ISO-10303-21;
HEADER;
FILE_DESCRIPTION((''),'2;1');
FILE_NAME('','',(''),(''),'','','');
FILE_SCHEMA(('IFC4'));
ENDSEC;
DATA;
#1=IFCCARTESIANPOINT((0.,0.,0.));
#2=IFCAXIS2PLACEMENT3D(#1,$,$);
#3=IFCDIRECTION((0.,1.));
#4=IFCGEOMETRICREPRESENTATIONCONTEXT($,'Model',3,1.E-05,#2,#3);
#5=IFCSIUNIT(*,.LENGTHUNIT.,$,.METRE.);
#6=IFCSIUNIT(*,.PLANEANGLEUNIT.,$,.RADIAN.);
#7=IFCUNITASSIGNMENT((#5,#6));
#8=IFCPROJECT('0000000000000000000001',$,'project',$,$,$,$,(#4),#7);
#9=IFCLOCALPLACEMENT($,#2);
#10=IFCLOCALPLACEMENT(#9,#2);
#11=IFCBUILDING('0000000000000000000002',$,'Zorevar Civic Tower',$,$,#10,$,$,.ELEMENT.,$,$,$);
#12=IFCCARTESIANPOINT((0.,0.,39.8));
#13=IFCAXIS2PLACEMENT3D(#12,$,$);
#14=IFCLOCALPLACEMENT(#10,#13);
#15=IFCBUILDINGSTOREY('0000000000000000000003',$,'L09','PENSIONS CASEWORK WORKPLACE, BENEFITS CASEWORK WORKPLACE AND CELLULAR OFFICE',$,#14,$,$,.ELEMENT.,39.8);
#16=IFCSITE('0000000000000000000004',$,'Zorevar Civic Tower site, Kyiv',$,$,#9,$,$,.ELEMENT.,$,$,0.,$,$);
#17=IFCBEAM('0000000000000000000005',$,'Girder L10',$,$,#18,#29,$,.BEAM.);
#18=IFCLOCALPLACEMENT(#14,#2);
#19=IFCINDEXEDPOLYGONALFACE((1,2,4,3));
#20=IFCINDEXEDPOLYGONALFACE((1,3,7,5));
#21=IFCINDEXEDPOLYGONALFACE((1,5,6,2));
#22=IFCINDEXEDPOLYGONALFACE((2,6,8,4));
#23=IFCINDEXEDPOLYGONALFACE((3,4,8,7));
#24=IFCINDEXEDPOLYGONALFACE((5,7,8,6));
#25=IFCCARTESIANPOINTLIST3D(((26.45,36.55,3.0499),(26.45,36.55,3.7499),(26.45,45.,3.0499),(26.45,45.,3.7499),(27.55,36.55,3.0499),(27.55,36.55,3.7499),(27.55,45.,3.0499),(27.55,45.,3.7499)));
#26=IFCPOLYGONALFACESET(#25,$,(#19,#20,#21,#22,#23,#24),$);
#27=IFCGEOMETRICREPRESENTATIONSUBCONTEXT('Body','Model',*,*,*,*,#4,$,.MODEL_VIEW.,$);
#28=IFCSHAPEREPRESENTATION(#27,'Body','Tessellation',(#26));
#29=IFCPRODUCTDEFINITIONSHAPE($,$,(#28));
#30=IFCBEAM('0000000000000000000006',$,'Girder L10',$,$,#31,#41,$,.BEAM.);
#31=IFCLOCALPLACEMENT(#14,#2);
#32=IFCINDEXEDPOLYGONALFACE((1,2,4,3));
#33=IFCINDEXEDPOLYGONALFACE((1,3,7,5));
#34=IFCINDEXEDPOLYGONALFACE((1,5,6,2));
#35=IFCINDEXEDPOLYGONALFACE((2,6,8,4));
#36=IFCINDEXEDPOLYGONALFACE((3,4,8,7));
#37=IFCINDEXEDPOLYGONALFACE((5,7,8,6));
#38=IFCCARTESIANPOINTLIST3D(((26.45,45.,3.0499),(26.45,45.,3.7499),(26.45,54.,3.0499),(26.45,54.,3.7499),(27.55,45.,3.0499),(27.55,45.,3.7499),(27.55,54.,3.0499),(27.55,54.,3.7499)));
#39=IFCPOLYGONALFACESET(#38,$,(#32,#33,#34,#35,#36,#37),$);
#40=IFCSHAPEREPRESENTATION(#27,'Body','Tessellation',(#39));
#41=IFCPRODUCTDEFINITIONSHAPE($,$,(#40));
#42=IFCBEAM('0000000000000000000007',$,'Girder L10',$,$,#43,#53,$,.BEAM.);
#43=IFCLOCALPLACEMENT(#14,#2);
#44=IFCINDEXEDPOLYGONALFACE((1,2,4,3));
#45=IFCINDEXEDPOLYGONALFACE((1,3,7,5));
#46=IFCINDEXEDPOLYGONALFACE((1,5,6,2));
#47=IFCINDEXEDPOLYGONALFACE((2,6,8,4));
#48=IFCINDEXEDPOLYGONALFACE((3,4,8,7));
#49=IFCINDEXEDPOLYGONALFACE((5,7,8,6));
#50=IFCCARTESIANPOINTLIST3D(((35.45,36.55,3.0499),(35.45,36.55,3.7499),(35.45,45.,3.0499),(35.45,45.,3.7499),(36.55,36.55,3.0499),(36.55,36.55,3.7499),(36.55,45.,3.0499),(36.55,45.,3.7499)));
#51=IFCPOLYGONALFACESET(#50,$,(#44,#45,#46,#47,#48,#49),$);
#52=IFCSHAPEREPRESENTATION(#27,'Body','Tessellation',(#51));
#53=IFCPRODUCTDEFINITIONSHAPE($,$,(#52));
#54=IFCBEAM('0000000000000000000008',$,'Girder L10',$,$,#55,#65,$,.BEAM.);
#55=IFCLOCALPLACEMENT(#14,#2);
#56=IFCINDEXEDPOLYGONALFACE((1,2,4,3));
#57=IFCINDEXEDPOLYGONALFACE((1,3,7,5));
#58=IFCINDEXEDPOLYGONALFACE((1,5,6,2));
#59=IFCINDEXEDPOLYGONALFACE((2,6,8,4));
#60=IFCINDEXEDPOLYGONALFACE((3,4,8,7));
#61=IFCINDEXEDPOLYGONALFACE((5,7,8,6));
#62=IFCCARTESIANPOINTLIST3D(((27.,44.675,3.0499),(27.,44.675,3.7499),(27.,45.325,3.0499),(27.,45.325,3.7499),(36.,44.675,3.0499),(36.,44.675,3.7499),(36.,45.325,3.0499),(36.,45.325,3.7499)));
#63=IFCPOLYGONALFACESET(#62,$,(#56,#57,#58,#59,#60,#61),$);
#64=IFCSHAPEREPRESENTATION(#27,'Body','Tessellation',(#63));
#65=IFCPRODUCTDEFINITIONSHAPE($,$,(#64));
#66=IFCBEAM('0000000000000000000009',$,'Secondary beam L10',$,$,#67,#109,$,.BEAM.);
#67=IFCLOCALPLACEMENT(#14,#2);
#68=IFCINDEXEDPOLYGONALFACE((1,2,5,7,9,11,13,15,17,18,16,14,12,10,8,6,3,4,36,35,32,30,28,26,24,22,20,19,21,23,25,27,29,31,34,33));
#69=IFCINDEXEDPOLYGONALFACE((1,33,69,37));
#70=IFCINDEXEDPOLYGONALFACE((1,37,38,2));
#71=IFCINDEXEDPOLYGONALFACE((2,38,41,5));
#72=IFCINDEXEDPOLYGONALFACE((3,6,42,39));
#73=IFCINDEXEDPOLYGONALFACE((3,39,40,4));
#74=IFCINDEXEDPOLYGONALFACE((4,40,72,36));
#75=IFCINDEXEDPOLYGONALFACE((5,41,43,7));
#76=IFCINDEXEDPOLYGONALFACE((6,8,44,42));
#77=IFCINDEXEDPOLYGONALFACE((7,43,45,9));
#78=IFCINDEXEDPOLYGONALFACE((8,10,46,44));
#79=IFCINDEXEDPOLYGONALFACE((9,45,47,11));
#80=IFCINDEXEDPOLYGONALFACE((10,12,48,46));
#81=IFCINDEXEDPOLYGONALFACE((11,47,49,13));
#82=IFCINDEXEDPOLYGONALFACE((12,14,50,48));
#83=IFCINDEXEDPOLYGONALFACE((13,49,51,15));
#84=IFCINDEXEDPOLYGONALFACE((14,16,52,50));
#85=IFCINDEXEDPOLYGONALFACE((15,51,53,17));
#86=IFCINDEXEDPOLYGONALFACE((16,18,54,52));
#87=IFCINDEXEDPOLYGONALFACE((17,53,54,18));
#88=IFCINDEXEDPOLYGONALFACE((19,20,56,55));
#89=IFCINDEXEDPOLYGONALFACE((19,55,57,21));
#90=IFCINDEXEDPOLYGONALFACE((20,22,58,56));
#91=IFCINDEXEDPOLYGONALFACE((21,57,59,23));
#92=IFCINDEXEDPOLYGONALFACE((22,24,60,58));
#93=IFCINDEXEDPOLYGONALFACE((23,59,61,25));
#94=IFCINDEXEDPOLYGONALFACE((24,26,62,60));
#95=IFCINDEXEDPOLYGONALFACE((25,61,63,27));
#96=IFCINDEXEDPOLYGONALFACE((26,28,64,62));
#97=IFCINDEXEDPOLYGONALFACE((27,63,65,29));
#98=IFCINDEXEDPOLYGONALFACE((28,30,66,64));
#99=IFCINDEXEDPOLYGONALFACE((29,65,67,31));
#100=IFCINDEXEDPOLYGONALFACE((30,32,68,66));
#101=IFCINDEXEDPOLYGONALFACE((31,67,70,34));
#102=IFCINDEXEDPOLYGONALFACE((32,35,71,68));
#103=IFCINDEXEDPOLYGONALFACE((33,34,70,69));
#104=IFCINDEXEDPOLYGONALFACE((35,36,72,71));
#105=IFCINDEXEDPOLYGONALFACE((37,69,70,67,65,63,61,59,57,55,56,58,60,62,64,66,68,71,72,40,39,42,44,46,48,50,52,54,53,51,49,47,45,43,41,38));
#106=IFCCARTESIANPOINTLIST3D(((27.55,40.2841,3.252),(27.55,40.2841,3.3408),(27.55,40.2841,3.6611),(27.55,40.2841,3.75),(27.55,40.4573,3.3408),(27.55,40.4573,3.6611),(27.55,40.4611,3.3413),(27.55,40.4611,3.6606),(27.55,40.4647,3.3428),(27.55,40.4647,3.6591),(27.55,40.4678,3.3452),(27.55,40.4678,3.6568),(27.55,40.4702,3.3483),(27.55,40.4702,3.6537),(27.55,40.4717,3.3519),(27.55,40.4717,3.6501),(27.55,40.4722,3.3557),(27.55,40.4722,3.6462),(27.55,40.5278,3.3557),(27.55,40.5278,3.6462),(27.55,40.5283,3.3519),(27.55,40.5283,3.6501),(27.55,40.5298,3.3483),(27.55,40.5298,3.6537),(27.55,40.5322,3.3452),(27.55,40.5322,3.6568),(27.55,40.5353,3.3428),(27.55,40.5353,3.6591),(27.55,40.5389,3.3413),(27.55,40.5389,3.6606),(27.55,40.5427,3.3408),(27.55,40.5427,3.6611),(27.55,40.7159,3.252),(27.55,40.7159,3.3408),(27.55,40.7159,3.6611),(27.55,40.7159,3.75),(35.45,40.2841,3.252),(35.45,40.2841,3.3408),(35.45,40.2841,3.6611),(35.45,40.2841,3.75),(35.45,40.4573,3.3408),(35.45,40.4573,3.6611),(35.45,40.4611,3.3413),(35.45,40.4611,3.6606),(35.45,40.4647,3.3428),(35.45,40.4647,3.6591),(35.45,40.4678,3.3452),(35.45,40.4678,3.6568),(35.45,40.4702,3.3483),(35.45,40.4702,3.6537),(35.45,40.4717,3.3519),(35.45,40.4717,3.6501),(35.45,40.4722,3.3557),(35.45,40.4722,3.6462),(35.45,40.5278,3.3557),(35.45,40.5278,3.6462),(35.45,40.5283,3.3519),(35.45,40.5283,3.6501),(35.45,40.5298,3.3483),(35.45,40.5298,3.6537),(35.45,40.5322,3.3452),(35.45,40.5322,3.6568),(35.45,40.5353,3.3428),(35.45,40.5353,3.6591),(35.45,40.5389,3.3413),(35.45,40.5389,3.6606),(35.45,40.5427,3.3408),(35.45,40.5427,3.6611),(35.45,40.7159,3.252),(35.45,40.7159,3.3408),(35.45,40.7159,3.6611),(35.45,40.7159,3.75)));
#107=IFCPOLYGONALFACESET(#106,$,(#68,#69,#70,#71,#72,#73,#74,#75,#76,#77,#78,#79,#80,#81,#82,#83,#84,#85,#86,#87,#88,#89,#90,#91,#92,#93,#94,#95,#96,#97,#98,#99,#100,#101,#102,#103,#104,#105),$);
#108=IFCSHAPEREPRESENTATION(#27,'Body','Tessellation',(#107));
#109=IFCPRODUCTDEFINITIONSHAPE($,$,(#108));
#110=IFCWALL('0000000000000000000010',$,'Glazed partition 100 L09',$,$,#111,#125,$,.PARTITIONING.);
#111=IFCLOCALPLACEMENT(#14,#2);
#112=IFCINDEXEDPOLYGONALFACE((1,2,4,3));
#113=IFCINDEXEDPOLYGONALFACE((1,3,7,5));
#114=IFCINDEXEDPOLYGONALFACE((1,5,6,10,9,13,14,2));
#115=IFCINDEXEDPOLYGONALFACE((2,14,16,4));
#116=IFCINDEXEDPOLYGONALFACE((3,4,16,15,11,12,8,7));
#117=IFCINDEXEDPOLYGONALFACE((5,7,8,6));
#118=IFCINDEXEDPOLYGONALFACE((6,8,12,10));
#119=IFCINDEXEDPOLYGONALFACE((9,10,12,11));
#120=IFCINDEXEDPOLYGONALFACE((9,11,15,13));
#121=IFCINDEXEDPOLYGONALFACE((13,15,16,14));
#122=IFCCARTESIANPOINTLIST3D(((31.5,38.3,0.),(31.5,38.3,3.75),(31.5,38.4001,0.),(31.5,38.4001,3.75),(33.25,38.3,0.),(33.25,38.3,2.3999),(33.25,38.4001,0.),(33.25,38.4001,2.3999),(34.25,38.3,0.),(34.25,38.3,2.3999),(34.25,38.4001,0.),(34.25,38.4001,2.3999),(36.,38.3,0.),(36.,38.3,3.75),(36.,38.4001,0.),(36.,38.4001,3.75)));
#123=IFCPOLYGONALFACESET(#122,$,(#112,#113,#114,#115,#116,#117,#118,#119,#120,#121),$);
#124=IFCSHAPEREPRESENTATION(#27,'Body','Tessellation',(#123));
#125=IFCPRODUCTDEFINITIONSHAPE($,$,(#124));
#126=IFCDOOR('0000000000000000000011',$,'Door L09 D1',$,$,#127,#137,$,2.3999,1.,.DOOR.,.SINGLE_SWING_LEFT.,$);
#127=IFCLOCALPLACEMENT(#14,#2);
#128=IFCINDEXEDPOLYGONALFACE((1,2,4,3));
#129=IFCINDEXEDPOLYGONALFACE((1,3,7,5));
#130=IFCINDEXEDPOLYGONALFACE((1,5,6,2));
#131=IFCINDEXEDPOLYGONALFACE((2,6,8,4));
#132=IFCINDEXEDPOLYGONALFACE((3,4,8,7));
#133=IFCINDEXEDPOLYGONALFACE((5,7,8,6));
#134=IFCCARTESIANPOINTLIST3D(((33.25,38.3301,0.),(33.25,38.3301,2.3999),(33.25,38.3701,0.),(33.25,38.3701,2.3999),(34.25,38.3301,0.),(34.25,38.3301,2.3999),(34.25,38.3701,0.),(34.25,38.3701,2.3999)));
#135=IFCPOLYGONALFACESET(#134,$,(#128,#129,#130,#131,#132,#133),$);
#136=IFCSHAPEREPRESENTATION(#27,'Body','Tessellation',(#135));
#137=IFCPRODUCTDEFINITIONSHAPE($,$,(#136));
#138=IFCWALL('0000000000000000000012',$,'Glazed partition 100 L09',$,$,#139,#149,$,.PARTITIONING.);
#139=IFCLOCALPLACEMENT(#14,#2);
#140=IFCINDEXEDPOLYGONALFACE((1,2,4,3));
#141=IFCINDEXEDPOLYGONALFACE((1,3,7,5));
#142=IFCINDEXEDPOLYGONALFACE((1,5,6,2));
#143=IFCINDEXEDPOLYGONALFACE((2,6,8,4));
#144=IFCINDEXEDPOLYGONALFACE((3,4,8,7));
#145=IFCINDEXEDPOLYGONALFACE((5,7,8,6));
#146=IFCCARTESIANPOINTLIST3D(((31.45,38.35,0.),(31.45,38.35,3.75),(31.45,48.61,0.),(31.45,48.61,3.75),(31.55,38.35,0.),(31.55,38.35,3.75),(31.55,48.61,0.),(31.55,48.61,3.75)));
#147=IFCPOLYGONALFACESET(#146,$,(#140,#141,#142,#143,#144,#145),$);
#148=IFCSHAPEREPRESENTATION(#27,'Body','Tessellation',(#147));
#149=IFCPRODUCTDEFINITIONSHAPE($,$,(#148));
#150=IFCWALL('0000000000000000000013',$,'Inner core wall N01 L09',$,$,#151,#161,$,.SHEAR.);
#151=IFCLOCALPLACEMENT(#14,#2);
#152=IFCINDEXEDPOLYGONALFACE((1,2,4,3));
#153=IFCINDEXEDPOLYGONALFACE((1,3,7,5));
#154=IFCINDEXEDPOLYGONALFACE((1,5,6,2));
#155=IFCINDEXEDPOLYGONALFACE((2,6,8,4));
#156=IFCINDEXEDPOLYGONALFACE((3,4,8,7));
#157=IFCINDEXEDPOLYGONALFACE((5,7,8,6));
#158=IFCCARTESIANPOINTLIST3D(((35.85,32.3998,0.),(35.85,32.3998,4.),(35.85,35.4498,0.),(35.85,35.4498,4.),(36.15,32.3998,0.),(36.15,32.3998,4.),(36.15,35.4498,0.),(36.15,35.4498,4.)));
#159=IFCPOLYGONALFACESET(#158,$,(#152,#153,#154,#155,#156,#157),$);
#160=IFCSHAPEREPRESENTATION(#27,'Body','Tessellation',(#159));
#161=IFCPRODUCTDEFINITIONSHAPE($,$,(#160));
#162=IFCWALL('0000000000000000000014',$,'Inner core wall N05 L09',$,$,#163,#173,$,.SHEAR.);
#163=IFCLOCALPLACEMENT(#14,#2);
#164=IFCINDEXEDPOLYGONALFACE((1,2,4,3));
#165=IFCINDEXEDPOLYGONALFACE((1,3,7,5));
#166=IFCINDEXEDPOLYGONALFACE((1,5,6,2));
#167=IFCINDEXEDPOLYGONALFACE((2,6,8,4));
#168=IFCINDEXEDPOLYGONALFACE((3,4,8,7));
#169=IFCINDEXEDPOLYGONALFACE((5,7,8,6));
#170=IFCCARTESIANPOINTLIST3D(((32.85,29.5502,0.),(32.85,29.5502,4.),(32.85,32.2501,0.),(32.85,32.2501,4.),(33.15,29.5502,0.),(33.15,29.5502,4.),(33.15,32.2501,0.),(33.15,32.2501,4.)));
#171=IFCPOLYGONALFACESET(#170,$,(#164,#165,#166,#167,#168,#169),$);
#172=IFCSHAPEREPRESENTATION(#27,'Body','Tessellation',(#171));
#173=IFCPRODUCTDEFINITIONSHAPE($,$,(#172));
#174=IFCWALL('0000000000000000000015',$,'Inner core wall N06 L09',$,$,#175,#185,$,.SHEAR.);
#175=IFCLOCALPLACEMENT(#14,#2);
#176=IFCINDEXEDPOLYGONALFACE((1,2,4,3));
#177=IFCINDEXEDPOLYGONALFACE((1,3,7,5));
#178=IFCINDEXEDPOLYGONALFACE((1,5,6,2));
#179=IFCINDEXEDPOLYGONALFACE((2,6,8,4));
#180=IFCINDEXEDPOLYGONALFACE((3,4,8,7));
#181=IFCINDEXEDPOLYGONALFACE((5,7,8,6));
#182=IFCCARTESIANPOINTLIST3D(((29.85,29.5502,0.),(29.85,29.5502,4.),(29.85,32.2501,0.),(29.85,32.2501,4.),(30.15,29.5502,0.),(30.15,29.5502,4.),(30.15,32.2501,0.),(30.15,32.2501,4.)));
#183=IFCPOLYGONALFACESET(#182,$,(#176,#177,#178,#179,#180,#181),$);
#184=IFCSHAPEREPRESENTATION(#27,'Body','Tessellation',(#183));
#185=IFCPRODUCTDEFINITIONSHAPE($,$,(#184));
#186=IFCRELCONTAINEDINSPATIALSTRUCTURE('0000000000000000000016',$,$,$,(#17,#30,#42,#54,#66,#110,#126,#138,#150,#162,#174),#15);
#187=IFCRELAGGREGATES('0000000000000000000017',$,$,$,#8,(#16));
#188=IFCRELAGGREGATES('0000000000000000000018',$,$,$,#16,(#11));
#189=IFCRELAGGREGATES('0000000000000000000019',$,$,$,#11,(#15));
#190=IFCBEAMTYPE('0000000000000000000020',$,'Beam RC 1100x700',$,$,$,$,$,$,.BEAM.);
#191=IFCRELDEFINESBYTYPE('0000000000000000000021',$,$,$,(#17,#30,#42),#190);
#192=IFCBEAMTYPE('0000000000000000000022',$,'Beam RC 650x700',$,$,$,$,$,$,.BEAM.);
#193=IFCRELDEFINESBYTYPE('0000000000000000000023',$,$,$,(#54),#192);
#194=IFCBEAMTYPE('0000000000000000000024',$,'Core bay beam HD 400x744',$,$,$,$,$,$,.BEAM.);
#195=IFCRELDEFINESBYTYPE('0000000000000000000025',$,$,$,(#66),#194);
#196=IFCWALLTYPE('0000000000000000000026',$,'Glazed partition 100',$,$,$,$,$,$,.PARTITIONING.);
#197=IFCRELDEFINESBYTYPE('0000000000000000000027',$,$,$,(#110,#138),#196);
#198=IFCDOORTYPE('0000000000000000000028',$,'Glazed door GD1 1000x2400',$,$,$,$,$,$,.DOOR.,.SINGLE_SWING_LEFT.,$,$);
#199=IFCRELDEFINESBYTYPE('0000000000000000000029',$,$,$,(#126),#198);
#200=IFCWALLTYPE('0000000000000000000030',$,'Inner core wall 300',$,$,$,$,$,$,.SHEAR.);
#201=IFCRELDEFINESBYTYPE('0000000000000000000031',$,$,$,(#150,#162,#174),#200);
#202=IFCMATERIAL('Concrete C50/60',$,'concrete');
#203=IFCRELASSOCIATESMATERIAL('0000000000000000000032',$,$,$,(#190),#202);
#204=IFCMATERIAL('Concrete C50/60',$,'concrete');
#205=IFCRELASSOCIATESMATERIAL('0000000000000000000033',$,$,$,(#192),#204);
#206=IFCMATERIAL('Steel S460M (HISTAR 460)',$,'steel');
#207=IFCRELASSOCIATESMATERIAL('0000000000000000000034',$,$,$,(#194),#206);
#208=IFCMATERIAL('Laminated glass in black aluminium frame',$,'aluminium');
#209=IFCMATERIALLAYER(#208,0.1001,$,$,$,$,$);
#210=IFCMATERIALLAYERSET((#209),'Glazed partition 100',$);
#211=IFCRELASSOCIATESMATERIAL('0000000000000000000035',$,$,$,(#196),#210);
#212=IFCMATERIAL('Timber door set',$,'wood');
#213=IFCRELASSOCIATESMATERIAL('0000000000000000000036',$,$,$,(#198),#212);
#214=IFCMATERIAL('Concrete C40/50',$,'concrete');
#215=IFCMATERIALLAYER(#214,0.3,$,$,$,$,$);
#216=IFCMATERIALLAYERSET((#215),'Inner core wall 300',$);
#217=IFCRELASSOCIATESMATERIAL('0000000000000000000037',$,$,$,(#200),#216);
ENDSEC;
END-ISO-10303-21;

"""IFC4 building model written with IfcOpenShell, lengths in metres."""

from ifc_helpers import new_model, si_unit, direction, frame, frame_2d, origin, origin_2d, place, context, subcontext, project, spatial, rectangle, i_section, extrude, material, layer, layer_set, material_profile, profile_set, type_object, element, fill, save


model = new_model("IFC4")

# Units and contexts
model_context = context("Model", 3, precision=1e-05, world=origin(), true_north=direction((0.0, 1.0)))
body_context = subcontext(model_context, "Body", "Model", "MODEL_VIEW")
ifc_project = project(units=[si_unit("LENGTHUNIT", "METRE"), si_unit("PLANEANGLEUNIT", "RADIAN")], contexts=[model_context])

# Site, building, storey
site_placement = place(None, origin())
site = spatial("IfcSite", under=ifc_project, at=site_placement, Name="Zorevar Civic Tower site, Kyiv", CompositionType="ELEMENT", RefElevation=0.0)
building_placement = place(site_placement, origin())
building = spatial("IfcBuilding", under=site, at=building_placement, Name="Zorevar Civic Tower", CompositionType="ELEMENT")
storey_placement = place(building_placement, frame((0.0, 0.0, 39.8)))
storey = spatial("IfcBuildingStorey", under=building, at=storey_placement, Name="L09", Description="PENSIONS CASEWORK WORKPLACE, BENEFITS CASEWORK WORKPLACE AND CELLULAR OFFICE", CompositionType="ELEMENT", Elevation=39.8)

# Beams
ifc_material_1 = material(Name="Concrete C50/60", Category="concrete")
ifc_material_profile_1 = material_profile(ifc_material_1, rectangle(XDim=1.1001, YDim=0.7, at=origin_2d()), Name="RC 1100x700")
ifc_profile_set_1 = profile_set([ifc_material_profile_1], Name="Concrete C50/60")
beam_type_1 = type_object("IfcBeamType", Name="Beam RC 1100x700", PredefinedType="BEAM", material=ifc_profile_set_1)
beam_1_placement = place(storey_placement, frame((27.0, 36.55, 3.3999), z_axis=(0.0, 1.0, 0.0), x_axis=(-1.0, 0.0, 0.0)))
element("IfcBeam", 1, at=beam_1_placement, inside=storey, type_object=beam_type_1, Name="Girder L10", PredefinedType="BEAM", context=body_context, shape_type="SweptSolid", body=[
    extrude(rectangle(XDim=1.1001, YDim=0.7, at=origin_2d()), origin(), (0.0, 0.0, 1.0), 8.45),
])
beam_2_placement = place(storey_placement, frame((27.0, 45.0, 3.3999), z_axis=(0.0, 1.0, 0.0), x_axis=(-1.0, 0.0, 0.0)))
element("IfcBeam", 2, at=beam_2_placement, inside=storey, type_object=beam_type_1, Name="Girder L10", PredefinedType="BEAM", context=body_context, shape_type="SweptSolid", body=[
    extrude(rectangle(XDim=1.1001, YDim=0.7, at=origin_2d()), origin(), (0.0, 0.0, 1.0), 9.0),
])
beam_3_placement = place(storey_placement, frame((36.0, 36.55, 3.3999), z_axis=(0.0, 1.0, 0.0), x_axis=(-1.0, 0.0, 0.0)))
element("IfcBeam", 3, at=beam_3_placement, inside=storey, type_object=beam_type_1, Name="Girder L10", PredefinedType="BEAM", context=body_context, shape_type="SweptSolid", body=[
    extrude(rectangle(XDim=1.1001, YDim=0.7, at=origin_2d()), origin(), (0.0, 0.0, 1.0), 8.45),
])
ifc_material_2 = material(Name="Concrete C50/60", Category="concrete")
ifc_material_profile_2 = material_profile(ifc_material_2, rectangle(XDim=0.6499, YDim=0.7, at=origin_2d()), Name="RC 650x700")
ifc_profile_set_2 = profile_set([ifc_material_profile_2], Name="Concrete C50/60")
beam_type_2 = type_object("IfcBeamType", Name="Beam RC 650x700", PredefinedType="BEAM", material=ifc_profile_set_2)
beam_4_placement = place(storey_placement, frame((27.0, 45.0, 3.3999), z_axis=(1.0, 0.0, 0.0), x_axis=(0.0, 1.0, 0.0)))
element("IfcBeam", 4, at=beam_4_placement, inside=storey, type_object=beam_type_2, Name="Girder L10", PredefinedType="BEAM", context=body_context, shape_type="SweptSolid", body=[
    extrude(rectangle(XDim=0.6499, YDim=0.7, at=origin_2d()), origin(), (0.0, 0.0, 1.0), 9.0),
])
ifc_material_3 = material(Name="Steel S460M (HISTAR 460)", Category="steel")
ifc_material_profile_3 = material_profile(ifc_material_3, i_section(OverallWidth=0.4319, OverallDepth=0.498, WebThickness=0.0557, FlangeThickness=0.0889, FilletRadius=0.0149, at=origin_2d()), Name="HD 400x744")
ifc_profile_set_3 = profile_set([ifc_material_profile_3], Name="Steel S460M (HISTAR 460)")
beam_type_3 = type_object("IfcBeamType", Name="Core bay beam HD 400x744", PredefinedType="BEAM", material=ifc_profile_set_3)
beam_5_placement = place(storey_placement, frame((27.55, 40.5, 3.501), z_axis=(1.0, 0.0, 0.0), x_axis=(0.0, 1.0, 0.0)))
element("IfcBeam", 5, at=beam_5_placement, inside=storey, type_object=beam_type_3, Name="Secondary beam L10", PredefinedType="BEAM", context=body_context, shape_type="SweptSolid", body=[
    extrude(i_section(OverallWidth=0.4319, OverallDepth=0.498, WebThickness=0.0557, FlangeThickness=0.0889, FilletRadius=0.0149, at=origin_2d()), origin(), (0.0, 0.0, 1.0), 7.8999),
])

# Wall, opening, door
ifc_material_4 = material(Name="Laminated glass in black aluminium frame", Category="aluminium")
ifc_layer_1 = layer(ifc_material_4, 0.1001)
ifc_layer_set_1 = layer_set([ifc_layer_1], Name="Glazed partition 100")
wall_type_1 = type_object("IfcWallType", Name="Glazed partition 100", PredefinedType="PARTITIONING", material=ifc_layer_set_1)
wall_1_placement = place(storey_placement, frame((31.5, 38.3501, 0.0), z_axis=(0.0, 0.0, 1.0), x_axis=(1.0, 0.0, 0.0)))
wall_1 = element("IfcWall", 6, at=wall_1_placement, inside=storey, type_object=wall_type_1, Name="Glazed partition 100 L09", PredefinedType="PARTITIONING", context=body_context, shape_type="SweptSolid", body=[
    extrude(rectangle(XDim=4.5, YDim=0.1001, at=frame_2d((2.25, 0.0))), origin(), (0.0, 0.0, 1.0), 3.75),
])
opening_placement = place(wall_1_placement, frame((1.75, 0.0, 0.0)))
opening = element("IfcOpeningElement", 7, at=opening_placement, cuts=wall_1, PredefinedType="OPENING", context=body_context, shape_type="SweptSolid", body=[
    extrude(rectangle(XDim=1.0, YDim=2.3999, at=frame_2d((0.5, 1.2))), frame((0.0, 0.0601, 0.0), z_axis=(0.0, -1.0, 0.0), x_axis=(1.0, 0.0, 0.0)), (0.0, 0.0, 1.0), 0.1201),
])
ifc_material_5 = material(Name="Timber door set", Category="wood")
door_type = type_object("IfcDoorType", Name="Glazed door GD1 1000x2400", OperationType="SINGLE_SWING_LEFT", PredefinedType="DOOR", material=ifc_material_5)
door_placement = place(opening_placement, origin())
door = element("IfcDoor", 8, at=door_placement, inside=storey, type_object=door_type, Name="Door L09 D1", OperationType="SINGLE_SWING_LEFT", OverallHeight=2.3999, OverallWidth=1.0, PredefinedType="DOOR", context=body_context, shape_type="SweptSolid", body=[
    extrude(rectangle(XDim=1.0, YDim=2.3999, at=frame_2d((0.5, 1.2))), frame((0.0, 0.02, 0.0), z_axis=(0.0, -1.0, 0.0), x_axis=(1.0, 0.0, 0.0)), (0.0, 0.0, 1.0), 0.04),
])
fill(opening, door)

# Walls
wall_2_placement = place(storey_placement, frame((31.5, 38.3501, 0.0), z_axis=(0.0, 0.0, 1.0), x_axis=(0.0, 1.0, 0.0)))
element("IfcWall", 9, at=wall_2_placement, inside=storey, type_object=wall_type_1, Name="Glazed partition 100 L09", PredefinedType="PARTITIONING", context=body_context, shape_type="SweptSolid", body=[
    extrude(rectangle(XDim=10.26, YDim=0.1001, at=frame_2d((5.1299, 0.0))), origin(), (0.0, 0.0, 1.0), 3.75),
])
ifc_material_6 = material(Name="Concrete C40/50", Category="concrete")
ifc_layer_2 = layer(ifc_material_6, 0.3)
ifc_layer_set_2 = layer_set([ifc_layer_2], Name="Inner core wall 300")
wall_type_2 = type_object("IfcWallType", Name="Inner core wall 300", PredefinedType="SHEAR", material=ifc_layer_set_2)
wall_3_placement = place(storey_placement, frame((36.0, 32.3999, 0.0), z_axis=(0.0, 0.0, 1.0), x_axis=(0.0, 1.0, 0.0)))
element("IfcWall", 10, at=wall_3_placement, inside=storey, type_object=wall_type_2, Name="Inner core wall N01 L09", PredefinedType="SHEAR", context=body_context, shape_type="SweptSolid", body=[
    extrude(rectangle(XDim=3.05, YDim=0.3, at=frame_2d((1.5249, 0.0))), origin(), (0.0, 0.0, 1.0), 4.0),
])
for number, where, z_axis, x_axis, name in (
    (11, (33.0, 29.55, 0.0), (0.0, 0.0, 1.0), (0.0, 1.0, 0.0), "Inner core wall N05 L09"),
    (12, (30.0, 29.55, 0.0), (0.0, 0.0, 1.0), (0.0, 1.0, 0.0), "Inner core wall N06 L09"),
):
    element("IfcWall", number, at=place(storey_placement, frame(where, z_axis=z_axis, x_axis=x_axis)), inside=storey, type_object=wall_type_2, Name=name, PredefinedType="SHEAR", context=body_context, shape_type="SweptSolid", body=[
        extrude(rectangle(XDim=2.7, YDim=0.3, at=frame_2d((1.3501, 0.0))), origin(), (0.0, 0.0, 1.0), 4.0),
    ])

save(model, "model.ifc")
